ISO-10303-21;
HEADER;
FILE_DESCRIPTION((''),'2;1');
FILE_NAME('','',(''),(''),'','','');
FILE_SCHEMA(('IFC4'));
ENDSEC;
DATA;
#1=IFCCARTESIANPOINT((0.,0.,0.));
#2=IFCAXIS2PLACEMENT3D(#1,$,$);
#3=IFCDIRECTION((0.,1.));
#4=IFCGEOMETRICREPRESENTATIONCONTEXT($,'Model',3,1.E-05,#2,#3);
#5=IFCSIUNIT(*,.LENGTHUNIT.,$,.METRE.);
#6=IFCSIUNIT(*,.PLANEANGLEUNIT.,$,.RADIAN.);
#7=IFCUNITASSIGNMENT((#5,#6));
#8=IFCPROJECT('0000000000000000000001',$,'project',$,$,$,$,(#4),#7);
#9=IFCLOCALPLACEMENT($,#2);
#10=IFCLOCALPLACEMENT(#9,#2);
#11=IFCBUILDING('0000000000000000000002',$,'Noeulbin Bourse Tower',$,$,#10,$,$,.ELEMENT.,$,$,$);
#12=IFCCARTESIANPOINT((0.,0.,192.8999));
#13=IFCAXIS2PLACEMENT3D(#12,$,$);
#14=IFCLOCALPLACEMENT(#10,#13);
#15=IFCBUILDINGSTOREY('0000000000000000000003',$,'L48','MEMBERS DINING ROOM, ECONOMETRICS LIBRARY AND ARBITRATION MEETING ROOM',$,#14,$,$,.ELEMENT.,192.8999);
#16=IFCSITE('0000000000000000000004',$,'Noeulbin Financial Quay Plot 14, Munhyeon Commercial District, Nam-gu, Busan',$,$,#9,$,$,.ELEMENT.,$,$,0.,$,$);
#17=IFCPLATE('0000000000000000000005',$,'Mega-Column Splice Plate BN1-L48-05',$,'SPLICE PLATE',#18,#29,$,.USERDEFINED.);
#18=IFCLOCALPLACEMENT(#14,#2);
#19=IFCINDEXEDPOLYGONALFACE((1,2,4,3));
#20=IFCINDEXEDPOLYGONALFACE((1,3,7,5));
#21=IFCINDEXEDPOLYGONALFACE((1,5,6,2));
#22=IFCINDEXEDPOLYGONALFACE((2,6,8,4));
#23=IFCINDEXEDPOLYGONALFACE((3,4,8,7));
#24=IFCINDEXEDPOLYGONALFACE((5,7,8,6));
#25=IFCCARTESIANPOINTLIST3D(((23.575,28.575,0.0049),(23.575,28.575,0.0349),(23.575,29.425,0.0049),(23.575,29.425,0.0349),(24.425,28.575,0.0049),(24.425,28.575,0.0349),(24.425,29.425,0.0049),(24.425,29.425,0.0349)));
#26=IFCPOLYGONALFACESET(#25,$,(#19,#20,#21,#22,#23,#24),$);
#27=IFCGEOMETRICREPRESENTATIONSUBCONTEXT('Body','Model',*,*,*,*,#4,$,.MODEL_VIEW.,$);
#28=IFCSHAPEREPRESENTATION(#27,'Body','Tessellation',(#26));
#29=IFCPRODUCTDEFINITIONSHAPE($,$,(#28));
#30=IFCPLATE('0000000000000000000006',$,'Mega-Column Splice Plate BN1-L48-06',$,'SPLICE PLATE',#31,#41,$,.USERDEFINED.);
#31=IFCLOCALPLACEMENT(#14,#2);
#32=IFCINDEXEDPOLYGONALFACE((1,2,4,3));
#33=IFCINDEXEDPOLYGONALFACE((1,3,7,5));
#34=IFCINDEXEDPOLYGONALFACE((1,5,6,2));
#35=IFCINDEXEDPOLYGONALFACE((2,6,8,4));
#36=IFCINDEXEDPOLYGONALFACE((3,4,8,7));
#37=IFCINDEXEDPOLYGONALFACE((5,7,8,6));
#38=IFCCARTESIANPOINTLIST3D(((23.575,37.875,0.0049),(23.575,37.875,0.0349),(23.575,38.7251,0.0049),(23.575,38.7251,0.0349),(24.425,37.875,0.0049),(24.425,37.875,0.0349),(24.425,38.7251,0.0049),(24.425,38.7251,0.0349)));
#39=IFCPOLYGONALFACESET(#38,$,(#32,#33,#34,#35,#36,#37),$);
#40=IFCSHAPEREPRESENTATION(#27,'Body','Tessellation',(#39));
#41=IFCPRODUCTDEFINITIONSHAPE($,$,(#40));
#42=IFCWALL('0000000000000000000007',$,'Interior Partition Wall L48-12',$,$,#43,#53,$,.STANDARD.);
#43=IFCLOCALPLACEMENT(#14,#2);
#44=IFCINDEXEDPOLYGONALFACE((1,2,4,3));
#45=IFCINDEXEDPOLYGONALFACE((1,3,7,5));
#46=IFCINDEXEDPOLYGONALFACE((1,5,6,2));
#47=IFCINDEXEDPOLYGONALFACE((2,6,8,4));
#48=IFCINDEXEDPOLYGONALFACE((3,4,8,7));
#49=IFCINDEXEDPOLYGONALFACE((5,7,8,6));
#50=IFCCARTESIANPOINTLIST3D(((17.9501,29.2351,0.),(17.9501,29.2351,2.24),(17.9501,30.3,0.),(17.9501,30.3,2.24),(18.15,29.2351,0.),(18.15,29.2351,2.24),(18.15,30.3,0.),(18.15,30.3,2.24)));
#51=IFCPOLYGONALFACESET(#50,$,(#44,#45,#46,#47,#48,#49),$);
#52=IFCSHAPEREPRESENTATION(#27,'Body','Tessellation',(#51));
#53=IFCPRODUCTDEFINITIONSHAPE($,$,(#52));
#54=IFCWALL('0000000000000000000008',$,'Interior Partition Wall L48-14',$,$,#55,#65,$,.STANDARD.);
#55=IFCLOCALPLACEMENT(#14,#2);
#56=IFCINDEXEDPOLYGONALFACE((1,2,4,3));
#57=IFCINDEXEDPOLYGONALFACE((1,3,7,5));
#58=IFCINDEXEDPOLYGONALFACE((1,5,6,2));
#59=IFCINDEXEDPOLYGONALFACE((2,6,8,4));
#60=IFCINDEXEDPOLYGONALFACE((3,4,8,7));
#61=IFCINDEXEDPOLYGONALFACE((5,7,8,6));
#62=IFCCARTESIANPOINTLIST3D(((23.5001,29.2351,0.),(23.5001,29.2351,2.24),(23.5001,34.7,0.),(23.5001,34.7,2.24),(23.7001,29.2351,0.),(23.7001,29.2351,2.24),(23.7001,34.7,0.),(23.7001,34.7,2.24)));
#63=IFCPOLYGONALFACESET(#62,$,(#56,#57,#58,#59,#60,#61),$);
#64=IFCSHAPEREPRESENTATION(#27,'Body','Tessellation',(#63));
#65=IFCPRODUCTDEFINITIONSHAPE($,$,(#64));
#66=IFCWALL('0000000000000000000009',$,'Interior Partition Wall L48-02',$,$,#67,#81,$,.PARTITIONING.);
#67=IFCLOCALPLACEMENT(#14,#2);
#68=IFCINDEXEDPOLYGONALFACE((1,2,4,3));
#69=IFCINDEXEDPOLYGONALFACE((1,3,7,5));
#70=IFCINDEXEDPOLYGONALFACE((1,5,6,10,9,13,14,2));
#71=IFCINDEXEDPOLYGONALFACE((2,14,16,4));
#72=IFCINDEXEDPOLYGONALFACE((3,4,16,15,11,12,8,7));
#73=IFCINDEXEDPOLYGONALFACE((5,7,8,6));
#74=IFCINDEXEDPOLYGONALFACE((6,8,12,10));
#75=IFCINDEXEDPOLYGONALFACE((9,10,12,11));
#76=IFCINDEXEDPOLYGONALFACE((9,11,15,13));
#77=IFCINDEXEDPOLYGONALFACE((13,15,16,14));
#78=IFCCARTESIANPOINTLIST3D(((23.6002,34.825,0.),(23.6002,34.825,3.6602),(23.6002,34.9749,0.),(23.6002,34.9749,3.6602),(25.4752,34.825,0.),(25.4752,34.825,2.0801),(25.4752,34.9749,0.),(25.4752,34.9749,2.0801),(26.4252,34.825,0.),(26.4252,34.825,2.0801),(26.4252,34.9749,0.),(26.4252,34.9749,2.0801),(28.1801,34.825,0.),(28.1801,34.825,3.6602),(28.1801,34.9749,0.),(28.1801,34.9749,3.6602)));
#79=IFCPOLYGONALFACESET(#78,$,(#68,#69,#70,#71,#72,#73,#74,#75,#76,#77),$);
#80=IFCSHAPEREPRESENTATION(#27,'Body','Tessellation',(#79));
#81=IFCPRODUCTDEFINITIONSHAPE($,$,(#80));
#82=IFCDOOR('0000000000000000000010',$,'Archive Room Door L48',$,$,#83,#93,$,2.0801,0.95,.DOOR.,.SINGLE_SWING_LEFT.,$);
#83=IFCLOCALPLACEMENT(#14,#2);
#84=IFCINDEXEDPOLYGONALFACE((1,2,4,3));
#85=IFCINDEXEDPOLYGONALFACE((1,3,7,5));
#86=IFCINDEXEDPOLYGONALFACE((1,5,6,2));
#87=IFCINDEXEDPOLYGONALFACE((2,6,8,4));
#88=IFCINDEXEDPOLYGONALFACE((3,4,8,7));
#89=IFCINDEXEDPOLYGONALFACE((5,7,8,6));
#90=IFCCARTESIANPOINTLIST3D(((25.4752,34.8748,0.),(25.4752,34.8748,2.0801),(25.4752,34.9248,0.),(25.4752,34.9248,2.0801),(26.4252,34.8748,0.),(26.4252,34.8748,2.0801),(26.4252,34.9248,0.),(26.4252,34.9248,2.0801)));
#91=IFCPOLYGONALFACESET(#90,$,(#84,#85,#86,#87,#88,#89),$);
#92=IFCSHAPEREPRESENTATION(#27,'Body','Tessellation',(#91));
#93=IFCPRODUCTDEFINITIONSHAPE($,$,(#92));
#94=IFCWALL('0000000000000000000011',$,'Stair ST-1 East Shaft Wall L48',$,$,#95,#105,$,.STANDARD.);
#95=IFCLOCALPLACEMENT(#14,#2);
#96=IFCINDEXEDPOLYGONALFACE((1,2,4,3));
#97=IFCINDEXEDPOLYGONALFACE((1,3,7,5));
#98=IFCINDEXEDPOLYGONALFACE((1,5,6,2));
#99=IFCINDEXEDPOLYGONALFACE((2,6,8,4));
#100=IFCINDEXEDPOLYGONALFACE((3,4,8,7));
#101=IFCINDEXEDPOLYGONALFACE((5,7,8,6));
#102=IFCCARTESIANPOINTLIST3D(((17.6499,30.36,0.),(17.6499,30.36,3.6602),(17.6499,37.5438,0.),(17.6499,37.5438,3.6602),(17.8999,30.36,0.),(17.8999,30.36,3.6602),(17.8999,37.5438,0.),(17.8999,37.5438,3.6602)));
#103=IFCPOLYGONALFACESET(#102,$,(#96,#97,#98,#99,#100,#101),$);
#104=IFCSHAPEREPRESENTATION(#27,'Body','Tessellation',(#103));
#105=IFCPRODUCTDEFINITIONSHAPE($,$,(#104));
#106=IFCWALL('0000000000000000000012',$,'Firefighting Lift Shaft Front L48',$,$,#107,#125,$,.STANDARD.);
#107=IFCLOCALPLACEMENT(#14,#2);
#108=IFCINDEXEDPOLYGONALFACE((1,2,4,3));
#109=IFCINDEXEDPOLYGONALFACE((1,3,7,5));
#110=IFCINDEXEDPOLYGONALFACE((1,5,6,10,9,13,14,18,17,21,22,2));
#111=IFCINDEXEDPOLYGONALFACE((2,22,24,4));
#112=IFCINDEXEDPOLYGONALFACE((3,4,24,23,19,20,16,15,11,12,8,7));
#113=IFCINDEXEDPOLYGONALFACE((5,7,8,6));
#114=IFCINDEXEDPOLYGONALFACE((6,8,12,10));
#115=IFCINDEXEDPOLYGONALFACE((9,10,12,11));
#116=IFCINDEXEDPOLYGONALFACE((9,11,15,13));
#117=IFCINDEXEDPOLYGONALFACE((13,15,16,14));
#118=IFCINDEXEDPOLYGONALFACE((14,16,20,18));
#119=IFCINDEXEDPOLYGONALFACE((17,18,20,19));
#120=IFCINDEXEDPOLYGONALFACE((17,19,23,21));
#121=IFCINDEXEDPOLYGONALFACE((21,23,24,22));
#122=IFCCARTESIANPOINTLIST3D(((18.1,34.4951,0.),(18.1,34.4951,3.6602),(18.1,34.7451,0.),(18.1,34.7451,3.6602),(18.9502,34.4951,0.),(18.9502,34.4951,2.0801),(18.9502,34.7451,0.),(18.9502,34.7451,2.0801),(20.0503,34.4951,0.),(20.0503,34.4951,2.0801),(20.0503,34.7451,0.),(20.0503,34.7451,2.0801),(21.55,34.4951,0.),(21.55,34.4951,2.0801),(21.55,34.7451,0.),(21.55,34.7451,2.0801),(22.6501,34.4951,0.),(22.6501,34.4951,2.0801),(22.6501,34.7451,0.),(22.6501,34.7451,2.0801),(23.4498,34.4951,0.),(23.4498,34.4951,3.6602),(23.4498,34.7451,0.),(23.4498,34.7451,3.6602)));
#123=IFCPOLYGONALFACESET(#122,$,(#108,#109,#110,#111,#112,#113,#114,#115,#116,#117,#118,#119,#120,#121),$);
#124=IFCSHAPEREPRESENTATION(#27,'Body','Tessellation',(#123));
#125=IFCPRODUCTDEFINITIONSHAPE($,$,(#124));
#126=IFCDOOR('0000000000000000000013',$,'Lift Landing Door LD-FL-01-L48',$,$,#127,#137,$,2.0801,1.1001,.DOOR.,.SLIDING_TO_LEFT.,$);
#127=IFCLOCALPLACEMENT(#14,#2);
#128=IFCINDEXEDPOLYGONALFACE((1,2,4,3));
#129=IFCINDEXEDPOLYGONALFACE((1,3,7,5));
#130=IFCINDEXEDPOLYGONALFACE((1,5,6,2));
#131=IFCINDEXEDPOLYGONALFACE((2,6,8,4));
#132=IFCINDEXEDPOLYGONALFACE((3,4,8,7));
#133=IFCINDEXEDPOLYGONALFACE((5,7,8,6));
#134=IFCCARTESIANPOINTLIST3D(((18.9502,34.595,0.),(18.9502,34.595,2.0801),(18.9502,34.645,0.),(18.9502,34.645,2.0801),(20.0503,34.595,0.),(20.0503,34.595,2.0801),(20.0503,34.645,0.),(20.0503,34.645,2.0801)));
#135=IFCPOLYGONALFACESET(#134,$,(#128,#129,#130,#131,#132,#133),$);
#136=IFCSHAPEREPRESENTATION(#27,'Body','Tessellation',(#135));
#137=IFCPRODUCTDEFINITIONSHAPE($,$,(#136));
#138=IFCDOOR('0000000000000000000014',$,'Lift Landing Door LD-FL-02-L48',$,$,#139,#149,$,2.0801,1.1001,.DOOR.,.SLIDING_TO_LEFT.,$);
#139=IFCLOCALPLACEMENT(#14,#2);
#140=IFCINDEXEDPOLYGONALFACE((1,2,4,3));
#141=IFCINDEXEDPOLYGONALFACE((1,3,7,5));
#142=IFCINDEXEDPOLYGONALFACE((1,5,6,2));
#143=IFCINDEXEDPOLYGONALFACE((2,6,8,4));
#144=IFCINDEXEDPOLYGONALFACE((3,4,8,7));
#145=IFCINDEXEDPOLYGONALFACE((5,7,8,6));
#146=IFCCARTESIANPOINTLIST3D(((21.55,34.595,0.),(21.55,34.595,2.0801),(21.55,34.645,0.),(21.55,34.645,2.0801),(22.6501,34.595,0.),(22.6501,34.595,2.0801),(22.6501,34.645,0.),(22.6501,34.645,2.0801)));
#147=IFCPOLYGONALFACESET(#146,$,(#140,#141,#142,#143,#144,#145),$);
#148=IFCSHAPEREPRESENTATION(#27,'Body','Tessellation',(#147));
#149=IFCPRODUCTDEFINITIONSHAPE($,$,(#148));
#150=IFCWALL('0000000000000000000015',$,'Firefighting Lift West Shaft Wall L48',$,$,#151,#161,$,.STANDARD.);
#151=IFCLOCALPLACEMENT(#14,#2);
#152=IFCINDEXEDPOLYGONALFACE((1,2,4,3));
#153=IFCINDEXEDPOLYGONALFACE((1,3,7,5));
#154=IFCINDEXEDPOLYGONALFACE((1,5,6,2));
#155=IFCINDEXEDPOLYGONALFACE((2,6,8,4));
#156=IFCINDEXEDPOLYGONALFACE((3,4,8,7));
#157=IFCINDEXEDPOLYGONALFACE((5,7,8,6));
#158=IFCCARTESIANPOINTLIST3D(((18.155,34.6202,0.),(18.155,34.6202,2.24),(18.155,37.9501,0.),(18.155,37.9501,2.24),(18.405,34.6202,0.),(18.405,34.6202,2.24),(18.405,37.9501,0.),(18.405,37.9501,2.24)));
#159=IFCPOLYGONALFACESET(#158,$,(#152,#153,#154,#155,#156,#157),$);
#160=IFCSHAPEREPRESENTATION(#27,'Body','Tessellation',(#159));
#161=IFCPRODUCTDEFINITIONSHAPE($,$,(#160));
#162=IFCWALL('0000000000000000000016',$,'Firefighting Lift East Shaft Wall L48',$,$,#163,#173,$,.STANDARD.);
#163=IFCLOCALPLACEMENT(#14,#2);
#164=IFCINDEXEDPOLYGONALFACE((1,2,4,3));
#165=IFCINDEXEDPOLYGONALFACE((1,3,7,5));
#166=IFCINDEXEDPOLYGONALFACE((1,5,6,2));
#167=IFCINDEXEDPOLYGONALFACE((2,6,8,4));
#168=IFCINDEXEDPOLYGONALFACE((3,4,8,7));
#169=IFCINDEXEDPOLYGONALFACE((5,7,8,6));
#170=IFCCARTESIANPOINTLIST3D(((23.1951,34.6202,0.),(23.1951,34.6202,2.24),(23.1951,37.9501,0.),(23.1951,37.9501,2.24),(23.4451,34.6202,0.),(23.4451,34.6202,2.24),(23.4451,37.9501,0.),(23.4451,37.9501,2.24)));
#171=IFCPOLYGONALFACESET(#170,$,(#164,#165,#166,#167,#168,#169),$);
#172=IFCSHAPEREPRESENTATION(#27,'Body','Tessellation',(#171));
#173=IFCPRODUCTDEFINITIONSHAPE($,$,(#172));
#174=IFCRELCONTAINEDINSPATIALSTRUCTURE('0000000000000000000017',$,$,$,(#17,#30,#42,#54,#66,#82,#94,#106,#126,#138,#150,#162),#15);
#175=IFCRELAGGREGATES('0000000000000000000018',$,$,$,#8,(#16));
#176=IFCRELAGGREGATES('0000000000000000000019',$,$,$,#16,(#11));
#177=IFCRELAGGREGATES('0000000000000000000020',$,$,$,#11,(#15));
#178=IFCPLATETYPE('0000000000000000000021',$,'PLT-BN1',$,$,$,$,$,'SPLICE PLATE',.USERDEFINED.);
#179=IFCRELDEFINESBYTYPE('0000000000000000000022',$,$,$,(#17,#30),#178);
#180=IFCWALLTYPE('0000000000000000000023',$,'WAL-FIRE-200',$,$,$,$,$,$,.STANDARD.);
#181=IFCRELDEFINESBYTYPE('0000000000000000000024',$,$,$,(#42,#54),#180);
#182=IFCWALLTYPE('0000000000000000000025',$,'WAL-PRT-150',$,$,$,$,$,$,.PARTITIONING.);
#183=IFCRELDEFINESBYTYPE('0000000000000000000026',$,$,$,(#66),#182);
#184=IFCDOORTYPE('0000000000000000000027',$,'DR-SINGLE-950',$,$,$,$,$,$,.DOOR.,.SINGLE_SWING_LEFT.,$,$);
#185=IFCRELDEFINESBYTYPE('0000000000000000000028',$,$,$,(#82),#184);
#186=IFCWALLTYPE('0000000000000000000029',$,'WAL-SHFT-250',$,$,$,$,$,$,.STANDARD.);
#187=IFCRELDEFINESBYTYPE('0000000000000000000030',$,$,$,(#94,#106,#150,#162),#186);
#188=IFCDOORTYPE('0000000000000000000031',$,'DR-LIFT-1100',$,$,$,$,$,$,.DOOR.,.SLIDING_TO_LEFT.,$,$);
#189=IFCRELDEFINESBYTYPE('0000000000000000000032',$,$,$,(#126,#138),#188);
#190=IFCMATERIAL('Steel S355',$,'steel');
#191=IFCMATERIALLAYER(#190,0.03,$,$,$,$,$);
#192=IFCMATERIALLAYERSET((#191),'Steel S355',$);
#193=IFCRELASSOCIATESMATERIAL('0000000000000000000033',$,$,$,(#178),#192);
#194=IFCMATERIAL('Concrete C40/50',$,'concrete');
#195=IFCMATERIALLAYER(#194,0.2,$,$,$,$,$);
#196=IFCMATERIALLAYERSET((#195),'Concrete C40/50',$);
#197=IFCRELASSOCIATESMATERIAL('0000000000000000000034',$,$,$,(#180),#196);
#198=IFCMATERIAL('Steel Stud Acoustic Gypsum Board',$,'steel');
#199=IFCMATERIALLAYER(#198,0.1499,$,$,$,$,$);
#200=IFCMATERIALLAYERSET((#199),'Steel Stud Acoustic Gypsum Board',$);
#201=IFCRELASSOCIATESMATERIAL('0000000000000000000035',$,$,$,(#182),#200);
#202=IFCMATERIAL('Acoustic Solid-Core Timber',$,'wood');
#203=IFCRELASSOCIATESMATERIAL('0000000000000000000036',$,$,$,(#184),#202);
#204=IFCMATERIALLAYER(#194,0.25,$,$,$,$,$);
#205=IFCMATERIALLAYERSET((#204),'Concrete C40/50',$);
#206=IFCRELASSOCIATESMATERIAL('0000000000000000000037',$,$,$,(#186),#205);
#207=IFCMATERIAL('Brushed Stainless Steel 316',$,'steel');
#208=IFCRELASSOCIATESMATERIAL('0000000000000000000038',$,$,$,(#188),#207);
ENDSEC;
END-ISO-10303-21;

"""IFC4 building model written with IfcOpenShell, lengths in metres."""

from ifc_helpers import new_model, si_unit, direction, frame, frame_2d, origin, origin_2d, place, context, subcontext, project, spatial, rectangle, extrude, material, layer, layer_set, type_object, element, fill, save


model = new_model("IFC4")

# Units and contexts
model_context = context("Model", 3, precision=1e-05, world=origin(), true_north=direction((0.0, 1.0)))
body_context = subcontext(model_context, "Body", "Model", "MODEL_VIEW")
ifc_project = project(units=[si_unit("LENGTHUNIT", "METRE"), si_unit("PLANEANGLEUNIT", "RADIAN")], contexts=[model_context])

# Site, building, storey
site_placement = place(None, origin())
site = spatial("IfcSite", under=ifc_project, at=site_placement, Name="Noeulbin Financial Quay Plot 14, Munhyeon Commercial District, Nam-gu, Busan", CompositionType="ELEMENT", RefElevation=0.0)
building_placement = place(site_placement, origin())
building = spatial("IfcBuilding", under=site, at=building_placement, Name="Noeulbin Bourse Tower", CompositionType="ELEMENT")
storey_placement = place(building_placement, frame((0.0, 0.0, 192.8999)))
storey = spatial("IfcBuildingStorey", under=building, at=storey_placement, Name="L48", Description="MEMBERS DINING ROOM, ECONOMETRICS LIBRARY AND ARBITRATION MEETING ROOM", CompositionType="ELEMENT", Elevation=192.8999)

# Shared definitions
ifc_material_1 = material(Name="Steel S355", Category="steel")

# Plates
ifc_layer_1 = layer(ifc_material_1, 0.03)
ifc_layer_set_1 = layer_set([ifc_layer_1], Name="Steel S355")
plate_type = type_object("IfcPlateType", Name="PLT-BN1", ElementType="SPLICE PLATE", PredefinedType="USERDEFINED", material=ifc_layer_set_1)
for number, where, z_axis, x_axis, name in (
    (1, (24.0, 29.0, 0.0049), (0.0, 0.0, 1.0), (1.0, 0.0, 0.0), "Mega-Column Splice Plate BN1-L48-05"),
    (2, (24.0, 38.3, 0.0049), (0.0, 0.0, 1.0), (1.0, 0.0, 0.0), "Mega-Column Splice Plate BN1-L48-06"),
):
    element("IfcPlate", number, at=place(storey_placement, frame(where, z_axis=z_axis, x_axis=x_axis)), inside=storey, type_object=plate_type, Name=name, ObjectType="SPLICE PLATE", PredefinedType="USERDEFINED", context=body_context, shape_type="SweptSolid", body=[
        extrude(rectangle(XDim=0.8501, YDim=0.8501, at=origin_2d()), origin(), (0.0, 0.0, 1.0), 0.03),
    ])

# Walls
ifc_material_2 = material(Name="Concrete C40/50", Category="concrete")
ifc_layer_2 = layer(ifc_material_2, 0.2)
ifc_layer_set_2 = layer_set([ifc_layer_2], Name="Concrete C40/50")
wall_type_1 = type_object("IfcWallType", Name="WAL-FIRE-200", PredefinedType="STANDARD", material=ifc_layer_set_2)
wall_1_placement = place(storey_placement, frame((18.05, 29.2351, 0.0), z_axis=(0.0, 0.0, 1.0), x_axis=(0.0, 1.0, 0.0)))
element("IfcWall", 3, at=wall_1_placement, inside=storey, type_object=wall_type_1, Name="Interior Partition Wall L48-12", PredefinedType="STANDARD", context=body_context, shape_type="SweptSolid", body=[
    extrude(rectangle(XDim=1.0649, YDim=0.2, at=frame_2d((0.5325, 0.0))), origin(), (0.0, 0.0, 1.0), 2.24),
])
wall_2_placement = place(storey_placement, frame((23.6001, 29.2351, 0.0), z_axis=(0.0, 0.0, 1.0), x_axis=(0.0, 1.0, 0.0)))
element("IfcWall", 4, at=wall_2_placement, inside=storey, type_object=wall_type_1, Name="Interior Partition Wall L48-14", PredefinedType="STANDARD", context=body_context, shape_type="SweptSolid", body=[
    extrude(rectangle(XDim=5.4648, YDim=0.2, at=frame_2d((2.7324, 0.0))), origin(), (0.0, 0.0, 1.0), 2.24),
])

# Wall, opening, door
ifc_material_3 = material(Name="Steel Stud Acoustic Gypsum Board", Category="steel")
ifc_layer_3 = layer(ifc_material_3, 0.1499)
ifc_layer_set_3 = layer_set([ifc_layer_3], Name="Steel Stud Acoustic Gypsum Board")
wall_type_2 = type_object("IfcWallType", Name="WAL-PRT-150", PredefinedType="PARTITIONING", material=ifc_layer_set_3)
wall_3_placement = place(storey_placement, frame((23.6001, 34.8999, 0.0), z_axis=(0.0, 0.0, 1.0), x_axis=(1.0, 0.0, 0.0)))
wall_3 = element("IfcWall", 5, at=wall_3_placement, inside=storey, type_object=wall_type_2, Name="Interior Partition Wall L48-02", PredefinedType="PARTITIONING", context=body_context, shape_type="SweptSolid", body=[
    extrude(rectangle(XDim=4.5798, YDim=0.1499, at=frame_2d((2.29, 0.0))), origin(), (0.0, 0.0, 1.0), 3.6602),
])
opening_1_placement = place(wall_3_placement, frame((1.875, 0.0, 0.0)))
opening_1 = element("IfcOpeningElement", 6, at=opening_1_placement, cuts=wall_3, PredefinedType="OPENING", context=body_context, shape_type="SweptSolid", body=[
    extrude(rectangle(XDim=0.95, YDim=2.0801, at=frame_2d((0.4751, 1.04))), frame((0.0, 0.085, 0.0), z_axis=(0.0, -1.0, 0.0), x_axis=(1.0, 0.0, 0.0)), (0.0, 0.0, 1.0), 0.1699),
])
ifc_material_4 = material(Name="Acoustic Solid-Core Timber", Category="wood")
door_type_1 = type_object("IfcDoorType", Name="DR-SINGLE-950", OperationType="SINGLE_SWING_LEFT", PredefinedType="DOOR", material=ifc_material_4)
door_1_placement = place(opening_1_placement, origin())
door_1 = element("IfcDoor", 7, at=door_1_placement, inside=storey, type_object=door_type_1, Name="Archive Room Door L48", OperationType="SINGLE_SWING_LEFT", OverallHeight=2.0801, OverallWidth=0.95, PredefinedType="DOOR", context=body_context, shape_type="SweptSolid", body=[
    extrude(rectangle(XDim=0.95, YDim=2.0801, at=frame_2d((0.4751, 1.04))), frame((0.0, 0.0249, 0.0), z_axis=(0.0, -1.0, 0.0), x_axis=(1.0, 0.0, 0.0)), (0.0, 0.0, 1.0), 0.05),
])
fill(opening_1, door_1)

# Wall
ifc_layer_4 = layer(ifc_material_2, 0.25)
ifc_layer_set_4 = layer_set([ifc_layer_4], Name="Concrete C40/50")
wall_type_3 = type_object("IfcWallType", Name="WAL-SHFT-250", PredefinedType="STANDARD", material=ifc_layer_set_4)
wall_4_placement = place(storey_placement, frame((17.7749, 30.3601, 0.0), z_axis=(0.0, 0.0, 1.0), x_axis=(0.0, 1.0, 0.0)))
element("IfcWall", 8, at=wall_4_placement, inside=storey, type_object=wall_type_3, Name="Stair ST-1 East Shaft Wall L48", PredefinedType="STANDARD", context=body_context, shape_type="SweptSolid", body=[
    extrude(rectangle(XDim=7.1838, YDim=0.25, at=frame_2d((3.5918, 0.0))), origin(), (0.0, 0.0, 1.0), 3.6602),
])

# Wall, openings, doors
wall_5_placement = place(storey_placement, frame((18.1001, 34.6201, 0.0), z_axis=(0.0, 0.0, 1.0), x_axis=(1.0, 0.0, 0.0)))
wall_5 = element("IfcWall", 9, at=wall_5_placement, inside=storey, type_object=wall_type_3, Name="Firefighting Lift Shaft Front L48", PredefinedType="STANDARD", context=body_context, shape_type="SweptSolid", body=[
    extrude(rectangle(XDim=5.3499, YDim=0.25, at=frame_2d((2.6748, 0.0))), origin(), (0.0, 0.0, 1.0), 3.6602),
])
opening_2_placement = place(wall_5_placement, frame((0.8501, 0.0, 0.0)))
opening_2 = element("IfcOpeningElement", 10, at=opening_2_placement, cuts=wall_5, PredefinedType="OPENING", context=body_context, shape_type="SweptSolid", body=[
    extrude(rectangle(XDim=1.1001, YDim=2.0801, at=frame_2d((0.55, 1.04))), frame((0.0, 0.135, 0.0), z_axis=(0.0, -1.0, 0.0), x_axis=(1.0, 0.0, 0.0)), (0.0, 0.0, 1.0), 0.27),
])
opening_3_placement = place(wall_5_placement, frame((3.45, 0.0, 0.0)))
opening_3 = element("IfcOpeningElement", 11, at=opening_3_placement, cuts=wall_5, PredefinedType="OPENING", context=body_context, shape_type="SweptSolid", body=[
    extrude(rectangle(XDim=1.1001, YDim=2.0801, at=frame_2d((0.55, 1.04))), frame((0.0, 0.135, 0.0), z_axis=(0.0, -1.0, 0.0), x_axis=(1.0, 0.0, 0.0)), (0.0, 0.0, 1.0), 0.27),
])
ifc_material_5 = material(Name="Brushed Stainless Steel 316", Category="steel")
door_type_2 = type_object("IfcDoorType", Name="DR-LIFT-1100", OperationType="SLIDING_TO_LEFT", PredefinedType="DOOR", material=ifc_material_5)
door_2_placement = place(opening_2_placement, origin())
door_2 = element("IfcDoor", 12, at=door_2_placement, inside=storey, type_object=door_type_2, Name="Lift Landing Door LD-FL-01-L48", OperationType="SLIDING_TO_LEFT", OverallHeight=2.0801, OverallWidth=1.1001, PredefinedType="DOOR", context=body_context, shape_type="SweptSolid", body=[
    extrude(rectangle(XDim=1.1001, YDim=2.0801, at=frame_2d((0.55, 1.04))), frame((0.0, 0.0249, 0.0), z_axis=(0.0, -1.0, 0.0), x_axis=(1.0, 0.0, 0.0)), (0.0, 0.0, 1.0), 0.05),
])
fill(opening_2, door_2)
door_3_placement = place(opening_3_placement, origin())
door_3 = element("IfcDoor", 13, at=door_3_placement, inside=storey, type_object=door_type_2, Name="Lift Landing Door LD-FL-02-L48", OperationType="SLIDING_TO_LEFT", OverallHeight=2.0801, OverallWidth=1.1001, PredefinedType="DOOR", context=body_context, shape_type="SweptSolid", body=[
    extrude(rectangle(XDim=1.1001, YDim=2.0801, at=frame_2d((0.55, 1.04))), frame((0.0, 0.0249, 0.0), z_axis=(0.0, -1.0, 0.0), x_axis=(1.0, 0.0, 0.0)), (0.0, 0.0, 1.0), 0.05),
])
fill(opening_3, door_3)

# Walls
for number, where, z_axis, x_axis, name in (
    (14, (18.28, 34.6201, 0.0), (0.0, 0.0, 1.0), (0.0, 1.0, 0.0), "Firefighting Lift West Shaft Wall L48"),
    (15, (23.3201, 34.6201, 0.0), (0.0, 0.0, 1.0), (0.0, 1.0, 0.0), "Firefighting Lift East Shaft Wall L48"),
):
    element("IfcWall", number, at=place(storey_placement, frame(where, z_axis=z_axis, x_axis=x_axis)), inside=storey, type_object=wall_type_3, Name=name, PredefinedType="STANDARD", context=body_context, shape_type="SweptSolid", body=[
        extrude(rectangle(XDim=3.3298, YDim=0.25, at=frame_2d((1.665, 0.0))), origin(), (0.0, 0.0, 1.0), 2.24),
    ])

save(model, "model.ifc")
